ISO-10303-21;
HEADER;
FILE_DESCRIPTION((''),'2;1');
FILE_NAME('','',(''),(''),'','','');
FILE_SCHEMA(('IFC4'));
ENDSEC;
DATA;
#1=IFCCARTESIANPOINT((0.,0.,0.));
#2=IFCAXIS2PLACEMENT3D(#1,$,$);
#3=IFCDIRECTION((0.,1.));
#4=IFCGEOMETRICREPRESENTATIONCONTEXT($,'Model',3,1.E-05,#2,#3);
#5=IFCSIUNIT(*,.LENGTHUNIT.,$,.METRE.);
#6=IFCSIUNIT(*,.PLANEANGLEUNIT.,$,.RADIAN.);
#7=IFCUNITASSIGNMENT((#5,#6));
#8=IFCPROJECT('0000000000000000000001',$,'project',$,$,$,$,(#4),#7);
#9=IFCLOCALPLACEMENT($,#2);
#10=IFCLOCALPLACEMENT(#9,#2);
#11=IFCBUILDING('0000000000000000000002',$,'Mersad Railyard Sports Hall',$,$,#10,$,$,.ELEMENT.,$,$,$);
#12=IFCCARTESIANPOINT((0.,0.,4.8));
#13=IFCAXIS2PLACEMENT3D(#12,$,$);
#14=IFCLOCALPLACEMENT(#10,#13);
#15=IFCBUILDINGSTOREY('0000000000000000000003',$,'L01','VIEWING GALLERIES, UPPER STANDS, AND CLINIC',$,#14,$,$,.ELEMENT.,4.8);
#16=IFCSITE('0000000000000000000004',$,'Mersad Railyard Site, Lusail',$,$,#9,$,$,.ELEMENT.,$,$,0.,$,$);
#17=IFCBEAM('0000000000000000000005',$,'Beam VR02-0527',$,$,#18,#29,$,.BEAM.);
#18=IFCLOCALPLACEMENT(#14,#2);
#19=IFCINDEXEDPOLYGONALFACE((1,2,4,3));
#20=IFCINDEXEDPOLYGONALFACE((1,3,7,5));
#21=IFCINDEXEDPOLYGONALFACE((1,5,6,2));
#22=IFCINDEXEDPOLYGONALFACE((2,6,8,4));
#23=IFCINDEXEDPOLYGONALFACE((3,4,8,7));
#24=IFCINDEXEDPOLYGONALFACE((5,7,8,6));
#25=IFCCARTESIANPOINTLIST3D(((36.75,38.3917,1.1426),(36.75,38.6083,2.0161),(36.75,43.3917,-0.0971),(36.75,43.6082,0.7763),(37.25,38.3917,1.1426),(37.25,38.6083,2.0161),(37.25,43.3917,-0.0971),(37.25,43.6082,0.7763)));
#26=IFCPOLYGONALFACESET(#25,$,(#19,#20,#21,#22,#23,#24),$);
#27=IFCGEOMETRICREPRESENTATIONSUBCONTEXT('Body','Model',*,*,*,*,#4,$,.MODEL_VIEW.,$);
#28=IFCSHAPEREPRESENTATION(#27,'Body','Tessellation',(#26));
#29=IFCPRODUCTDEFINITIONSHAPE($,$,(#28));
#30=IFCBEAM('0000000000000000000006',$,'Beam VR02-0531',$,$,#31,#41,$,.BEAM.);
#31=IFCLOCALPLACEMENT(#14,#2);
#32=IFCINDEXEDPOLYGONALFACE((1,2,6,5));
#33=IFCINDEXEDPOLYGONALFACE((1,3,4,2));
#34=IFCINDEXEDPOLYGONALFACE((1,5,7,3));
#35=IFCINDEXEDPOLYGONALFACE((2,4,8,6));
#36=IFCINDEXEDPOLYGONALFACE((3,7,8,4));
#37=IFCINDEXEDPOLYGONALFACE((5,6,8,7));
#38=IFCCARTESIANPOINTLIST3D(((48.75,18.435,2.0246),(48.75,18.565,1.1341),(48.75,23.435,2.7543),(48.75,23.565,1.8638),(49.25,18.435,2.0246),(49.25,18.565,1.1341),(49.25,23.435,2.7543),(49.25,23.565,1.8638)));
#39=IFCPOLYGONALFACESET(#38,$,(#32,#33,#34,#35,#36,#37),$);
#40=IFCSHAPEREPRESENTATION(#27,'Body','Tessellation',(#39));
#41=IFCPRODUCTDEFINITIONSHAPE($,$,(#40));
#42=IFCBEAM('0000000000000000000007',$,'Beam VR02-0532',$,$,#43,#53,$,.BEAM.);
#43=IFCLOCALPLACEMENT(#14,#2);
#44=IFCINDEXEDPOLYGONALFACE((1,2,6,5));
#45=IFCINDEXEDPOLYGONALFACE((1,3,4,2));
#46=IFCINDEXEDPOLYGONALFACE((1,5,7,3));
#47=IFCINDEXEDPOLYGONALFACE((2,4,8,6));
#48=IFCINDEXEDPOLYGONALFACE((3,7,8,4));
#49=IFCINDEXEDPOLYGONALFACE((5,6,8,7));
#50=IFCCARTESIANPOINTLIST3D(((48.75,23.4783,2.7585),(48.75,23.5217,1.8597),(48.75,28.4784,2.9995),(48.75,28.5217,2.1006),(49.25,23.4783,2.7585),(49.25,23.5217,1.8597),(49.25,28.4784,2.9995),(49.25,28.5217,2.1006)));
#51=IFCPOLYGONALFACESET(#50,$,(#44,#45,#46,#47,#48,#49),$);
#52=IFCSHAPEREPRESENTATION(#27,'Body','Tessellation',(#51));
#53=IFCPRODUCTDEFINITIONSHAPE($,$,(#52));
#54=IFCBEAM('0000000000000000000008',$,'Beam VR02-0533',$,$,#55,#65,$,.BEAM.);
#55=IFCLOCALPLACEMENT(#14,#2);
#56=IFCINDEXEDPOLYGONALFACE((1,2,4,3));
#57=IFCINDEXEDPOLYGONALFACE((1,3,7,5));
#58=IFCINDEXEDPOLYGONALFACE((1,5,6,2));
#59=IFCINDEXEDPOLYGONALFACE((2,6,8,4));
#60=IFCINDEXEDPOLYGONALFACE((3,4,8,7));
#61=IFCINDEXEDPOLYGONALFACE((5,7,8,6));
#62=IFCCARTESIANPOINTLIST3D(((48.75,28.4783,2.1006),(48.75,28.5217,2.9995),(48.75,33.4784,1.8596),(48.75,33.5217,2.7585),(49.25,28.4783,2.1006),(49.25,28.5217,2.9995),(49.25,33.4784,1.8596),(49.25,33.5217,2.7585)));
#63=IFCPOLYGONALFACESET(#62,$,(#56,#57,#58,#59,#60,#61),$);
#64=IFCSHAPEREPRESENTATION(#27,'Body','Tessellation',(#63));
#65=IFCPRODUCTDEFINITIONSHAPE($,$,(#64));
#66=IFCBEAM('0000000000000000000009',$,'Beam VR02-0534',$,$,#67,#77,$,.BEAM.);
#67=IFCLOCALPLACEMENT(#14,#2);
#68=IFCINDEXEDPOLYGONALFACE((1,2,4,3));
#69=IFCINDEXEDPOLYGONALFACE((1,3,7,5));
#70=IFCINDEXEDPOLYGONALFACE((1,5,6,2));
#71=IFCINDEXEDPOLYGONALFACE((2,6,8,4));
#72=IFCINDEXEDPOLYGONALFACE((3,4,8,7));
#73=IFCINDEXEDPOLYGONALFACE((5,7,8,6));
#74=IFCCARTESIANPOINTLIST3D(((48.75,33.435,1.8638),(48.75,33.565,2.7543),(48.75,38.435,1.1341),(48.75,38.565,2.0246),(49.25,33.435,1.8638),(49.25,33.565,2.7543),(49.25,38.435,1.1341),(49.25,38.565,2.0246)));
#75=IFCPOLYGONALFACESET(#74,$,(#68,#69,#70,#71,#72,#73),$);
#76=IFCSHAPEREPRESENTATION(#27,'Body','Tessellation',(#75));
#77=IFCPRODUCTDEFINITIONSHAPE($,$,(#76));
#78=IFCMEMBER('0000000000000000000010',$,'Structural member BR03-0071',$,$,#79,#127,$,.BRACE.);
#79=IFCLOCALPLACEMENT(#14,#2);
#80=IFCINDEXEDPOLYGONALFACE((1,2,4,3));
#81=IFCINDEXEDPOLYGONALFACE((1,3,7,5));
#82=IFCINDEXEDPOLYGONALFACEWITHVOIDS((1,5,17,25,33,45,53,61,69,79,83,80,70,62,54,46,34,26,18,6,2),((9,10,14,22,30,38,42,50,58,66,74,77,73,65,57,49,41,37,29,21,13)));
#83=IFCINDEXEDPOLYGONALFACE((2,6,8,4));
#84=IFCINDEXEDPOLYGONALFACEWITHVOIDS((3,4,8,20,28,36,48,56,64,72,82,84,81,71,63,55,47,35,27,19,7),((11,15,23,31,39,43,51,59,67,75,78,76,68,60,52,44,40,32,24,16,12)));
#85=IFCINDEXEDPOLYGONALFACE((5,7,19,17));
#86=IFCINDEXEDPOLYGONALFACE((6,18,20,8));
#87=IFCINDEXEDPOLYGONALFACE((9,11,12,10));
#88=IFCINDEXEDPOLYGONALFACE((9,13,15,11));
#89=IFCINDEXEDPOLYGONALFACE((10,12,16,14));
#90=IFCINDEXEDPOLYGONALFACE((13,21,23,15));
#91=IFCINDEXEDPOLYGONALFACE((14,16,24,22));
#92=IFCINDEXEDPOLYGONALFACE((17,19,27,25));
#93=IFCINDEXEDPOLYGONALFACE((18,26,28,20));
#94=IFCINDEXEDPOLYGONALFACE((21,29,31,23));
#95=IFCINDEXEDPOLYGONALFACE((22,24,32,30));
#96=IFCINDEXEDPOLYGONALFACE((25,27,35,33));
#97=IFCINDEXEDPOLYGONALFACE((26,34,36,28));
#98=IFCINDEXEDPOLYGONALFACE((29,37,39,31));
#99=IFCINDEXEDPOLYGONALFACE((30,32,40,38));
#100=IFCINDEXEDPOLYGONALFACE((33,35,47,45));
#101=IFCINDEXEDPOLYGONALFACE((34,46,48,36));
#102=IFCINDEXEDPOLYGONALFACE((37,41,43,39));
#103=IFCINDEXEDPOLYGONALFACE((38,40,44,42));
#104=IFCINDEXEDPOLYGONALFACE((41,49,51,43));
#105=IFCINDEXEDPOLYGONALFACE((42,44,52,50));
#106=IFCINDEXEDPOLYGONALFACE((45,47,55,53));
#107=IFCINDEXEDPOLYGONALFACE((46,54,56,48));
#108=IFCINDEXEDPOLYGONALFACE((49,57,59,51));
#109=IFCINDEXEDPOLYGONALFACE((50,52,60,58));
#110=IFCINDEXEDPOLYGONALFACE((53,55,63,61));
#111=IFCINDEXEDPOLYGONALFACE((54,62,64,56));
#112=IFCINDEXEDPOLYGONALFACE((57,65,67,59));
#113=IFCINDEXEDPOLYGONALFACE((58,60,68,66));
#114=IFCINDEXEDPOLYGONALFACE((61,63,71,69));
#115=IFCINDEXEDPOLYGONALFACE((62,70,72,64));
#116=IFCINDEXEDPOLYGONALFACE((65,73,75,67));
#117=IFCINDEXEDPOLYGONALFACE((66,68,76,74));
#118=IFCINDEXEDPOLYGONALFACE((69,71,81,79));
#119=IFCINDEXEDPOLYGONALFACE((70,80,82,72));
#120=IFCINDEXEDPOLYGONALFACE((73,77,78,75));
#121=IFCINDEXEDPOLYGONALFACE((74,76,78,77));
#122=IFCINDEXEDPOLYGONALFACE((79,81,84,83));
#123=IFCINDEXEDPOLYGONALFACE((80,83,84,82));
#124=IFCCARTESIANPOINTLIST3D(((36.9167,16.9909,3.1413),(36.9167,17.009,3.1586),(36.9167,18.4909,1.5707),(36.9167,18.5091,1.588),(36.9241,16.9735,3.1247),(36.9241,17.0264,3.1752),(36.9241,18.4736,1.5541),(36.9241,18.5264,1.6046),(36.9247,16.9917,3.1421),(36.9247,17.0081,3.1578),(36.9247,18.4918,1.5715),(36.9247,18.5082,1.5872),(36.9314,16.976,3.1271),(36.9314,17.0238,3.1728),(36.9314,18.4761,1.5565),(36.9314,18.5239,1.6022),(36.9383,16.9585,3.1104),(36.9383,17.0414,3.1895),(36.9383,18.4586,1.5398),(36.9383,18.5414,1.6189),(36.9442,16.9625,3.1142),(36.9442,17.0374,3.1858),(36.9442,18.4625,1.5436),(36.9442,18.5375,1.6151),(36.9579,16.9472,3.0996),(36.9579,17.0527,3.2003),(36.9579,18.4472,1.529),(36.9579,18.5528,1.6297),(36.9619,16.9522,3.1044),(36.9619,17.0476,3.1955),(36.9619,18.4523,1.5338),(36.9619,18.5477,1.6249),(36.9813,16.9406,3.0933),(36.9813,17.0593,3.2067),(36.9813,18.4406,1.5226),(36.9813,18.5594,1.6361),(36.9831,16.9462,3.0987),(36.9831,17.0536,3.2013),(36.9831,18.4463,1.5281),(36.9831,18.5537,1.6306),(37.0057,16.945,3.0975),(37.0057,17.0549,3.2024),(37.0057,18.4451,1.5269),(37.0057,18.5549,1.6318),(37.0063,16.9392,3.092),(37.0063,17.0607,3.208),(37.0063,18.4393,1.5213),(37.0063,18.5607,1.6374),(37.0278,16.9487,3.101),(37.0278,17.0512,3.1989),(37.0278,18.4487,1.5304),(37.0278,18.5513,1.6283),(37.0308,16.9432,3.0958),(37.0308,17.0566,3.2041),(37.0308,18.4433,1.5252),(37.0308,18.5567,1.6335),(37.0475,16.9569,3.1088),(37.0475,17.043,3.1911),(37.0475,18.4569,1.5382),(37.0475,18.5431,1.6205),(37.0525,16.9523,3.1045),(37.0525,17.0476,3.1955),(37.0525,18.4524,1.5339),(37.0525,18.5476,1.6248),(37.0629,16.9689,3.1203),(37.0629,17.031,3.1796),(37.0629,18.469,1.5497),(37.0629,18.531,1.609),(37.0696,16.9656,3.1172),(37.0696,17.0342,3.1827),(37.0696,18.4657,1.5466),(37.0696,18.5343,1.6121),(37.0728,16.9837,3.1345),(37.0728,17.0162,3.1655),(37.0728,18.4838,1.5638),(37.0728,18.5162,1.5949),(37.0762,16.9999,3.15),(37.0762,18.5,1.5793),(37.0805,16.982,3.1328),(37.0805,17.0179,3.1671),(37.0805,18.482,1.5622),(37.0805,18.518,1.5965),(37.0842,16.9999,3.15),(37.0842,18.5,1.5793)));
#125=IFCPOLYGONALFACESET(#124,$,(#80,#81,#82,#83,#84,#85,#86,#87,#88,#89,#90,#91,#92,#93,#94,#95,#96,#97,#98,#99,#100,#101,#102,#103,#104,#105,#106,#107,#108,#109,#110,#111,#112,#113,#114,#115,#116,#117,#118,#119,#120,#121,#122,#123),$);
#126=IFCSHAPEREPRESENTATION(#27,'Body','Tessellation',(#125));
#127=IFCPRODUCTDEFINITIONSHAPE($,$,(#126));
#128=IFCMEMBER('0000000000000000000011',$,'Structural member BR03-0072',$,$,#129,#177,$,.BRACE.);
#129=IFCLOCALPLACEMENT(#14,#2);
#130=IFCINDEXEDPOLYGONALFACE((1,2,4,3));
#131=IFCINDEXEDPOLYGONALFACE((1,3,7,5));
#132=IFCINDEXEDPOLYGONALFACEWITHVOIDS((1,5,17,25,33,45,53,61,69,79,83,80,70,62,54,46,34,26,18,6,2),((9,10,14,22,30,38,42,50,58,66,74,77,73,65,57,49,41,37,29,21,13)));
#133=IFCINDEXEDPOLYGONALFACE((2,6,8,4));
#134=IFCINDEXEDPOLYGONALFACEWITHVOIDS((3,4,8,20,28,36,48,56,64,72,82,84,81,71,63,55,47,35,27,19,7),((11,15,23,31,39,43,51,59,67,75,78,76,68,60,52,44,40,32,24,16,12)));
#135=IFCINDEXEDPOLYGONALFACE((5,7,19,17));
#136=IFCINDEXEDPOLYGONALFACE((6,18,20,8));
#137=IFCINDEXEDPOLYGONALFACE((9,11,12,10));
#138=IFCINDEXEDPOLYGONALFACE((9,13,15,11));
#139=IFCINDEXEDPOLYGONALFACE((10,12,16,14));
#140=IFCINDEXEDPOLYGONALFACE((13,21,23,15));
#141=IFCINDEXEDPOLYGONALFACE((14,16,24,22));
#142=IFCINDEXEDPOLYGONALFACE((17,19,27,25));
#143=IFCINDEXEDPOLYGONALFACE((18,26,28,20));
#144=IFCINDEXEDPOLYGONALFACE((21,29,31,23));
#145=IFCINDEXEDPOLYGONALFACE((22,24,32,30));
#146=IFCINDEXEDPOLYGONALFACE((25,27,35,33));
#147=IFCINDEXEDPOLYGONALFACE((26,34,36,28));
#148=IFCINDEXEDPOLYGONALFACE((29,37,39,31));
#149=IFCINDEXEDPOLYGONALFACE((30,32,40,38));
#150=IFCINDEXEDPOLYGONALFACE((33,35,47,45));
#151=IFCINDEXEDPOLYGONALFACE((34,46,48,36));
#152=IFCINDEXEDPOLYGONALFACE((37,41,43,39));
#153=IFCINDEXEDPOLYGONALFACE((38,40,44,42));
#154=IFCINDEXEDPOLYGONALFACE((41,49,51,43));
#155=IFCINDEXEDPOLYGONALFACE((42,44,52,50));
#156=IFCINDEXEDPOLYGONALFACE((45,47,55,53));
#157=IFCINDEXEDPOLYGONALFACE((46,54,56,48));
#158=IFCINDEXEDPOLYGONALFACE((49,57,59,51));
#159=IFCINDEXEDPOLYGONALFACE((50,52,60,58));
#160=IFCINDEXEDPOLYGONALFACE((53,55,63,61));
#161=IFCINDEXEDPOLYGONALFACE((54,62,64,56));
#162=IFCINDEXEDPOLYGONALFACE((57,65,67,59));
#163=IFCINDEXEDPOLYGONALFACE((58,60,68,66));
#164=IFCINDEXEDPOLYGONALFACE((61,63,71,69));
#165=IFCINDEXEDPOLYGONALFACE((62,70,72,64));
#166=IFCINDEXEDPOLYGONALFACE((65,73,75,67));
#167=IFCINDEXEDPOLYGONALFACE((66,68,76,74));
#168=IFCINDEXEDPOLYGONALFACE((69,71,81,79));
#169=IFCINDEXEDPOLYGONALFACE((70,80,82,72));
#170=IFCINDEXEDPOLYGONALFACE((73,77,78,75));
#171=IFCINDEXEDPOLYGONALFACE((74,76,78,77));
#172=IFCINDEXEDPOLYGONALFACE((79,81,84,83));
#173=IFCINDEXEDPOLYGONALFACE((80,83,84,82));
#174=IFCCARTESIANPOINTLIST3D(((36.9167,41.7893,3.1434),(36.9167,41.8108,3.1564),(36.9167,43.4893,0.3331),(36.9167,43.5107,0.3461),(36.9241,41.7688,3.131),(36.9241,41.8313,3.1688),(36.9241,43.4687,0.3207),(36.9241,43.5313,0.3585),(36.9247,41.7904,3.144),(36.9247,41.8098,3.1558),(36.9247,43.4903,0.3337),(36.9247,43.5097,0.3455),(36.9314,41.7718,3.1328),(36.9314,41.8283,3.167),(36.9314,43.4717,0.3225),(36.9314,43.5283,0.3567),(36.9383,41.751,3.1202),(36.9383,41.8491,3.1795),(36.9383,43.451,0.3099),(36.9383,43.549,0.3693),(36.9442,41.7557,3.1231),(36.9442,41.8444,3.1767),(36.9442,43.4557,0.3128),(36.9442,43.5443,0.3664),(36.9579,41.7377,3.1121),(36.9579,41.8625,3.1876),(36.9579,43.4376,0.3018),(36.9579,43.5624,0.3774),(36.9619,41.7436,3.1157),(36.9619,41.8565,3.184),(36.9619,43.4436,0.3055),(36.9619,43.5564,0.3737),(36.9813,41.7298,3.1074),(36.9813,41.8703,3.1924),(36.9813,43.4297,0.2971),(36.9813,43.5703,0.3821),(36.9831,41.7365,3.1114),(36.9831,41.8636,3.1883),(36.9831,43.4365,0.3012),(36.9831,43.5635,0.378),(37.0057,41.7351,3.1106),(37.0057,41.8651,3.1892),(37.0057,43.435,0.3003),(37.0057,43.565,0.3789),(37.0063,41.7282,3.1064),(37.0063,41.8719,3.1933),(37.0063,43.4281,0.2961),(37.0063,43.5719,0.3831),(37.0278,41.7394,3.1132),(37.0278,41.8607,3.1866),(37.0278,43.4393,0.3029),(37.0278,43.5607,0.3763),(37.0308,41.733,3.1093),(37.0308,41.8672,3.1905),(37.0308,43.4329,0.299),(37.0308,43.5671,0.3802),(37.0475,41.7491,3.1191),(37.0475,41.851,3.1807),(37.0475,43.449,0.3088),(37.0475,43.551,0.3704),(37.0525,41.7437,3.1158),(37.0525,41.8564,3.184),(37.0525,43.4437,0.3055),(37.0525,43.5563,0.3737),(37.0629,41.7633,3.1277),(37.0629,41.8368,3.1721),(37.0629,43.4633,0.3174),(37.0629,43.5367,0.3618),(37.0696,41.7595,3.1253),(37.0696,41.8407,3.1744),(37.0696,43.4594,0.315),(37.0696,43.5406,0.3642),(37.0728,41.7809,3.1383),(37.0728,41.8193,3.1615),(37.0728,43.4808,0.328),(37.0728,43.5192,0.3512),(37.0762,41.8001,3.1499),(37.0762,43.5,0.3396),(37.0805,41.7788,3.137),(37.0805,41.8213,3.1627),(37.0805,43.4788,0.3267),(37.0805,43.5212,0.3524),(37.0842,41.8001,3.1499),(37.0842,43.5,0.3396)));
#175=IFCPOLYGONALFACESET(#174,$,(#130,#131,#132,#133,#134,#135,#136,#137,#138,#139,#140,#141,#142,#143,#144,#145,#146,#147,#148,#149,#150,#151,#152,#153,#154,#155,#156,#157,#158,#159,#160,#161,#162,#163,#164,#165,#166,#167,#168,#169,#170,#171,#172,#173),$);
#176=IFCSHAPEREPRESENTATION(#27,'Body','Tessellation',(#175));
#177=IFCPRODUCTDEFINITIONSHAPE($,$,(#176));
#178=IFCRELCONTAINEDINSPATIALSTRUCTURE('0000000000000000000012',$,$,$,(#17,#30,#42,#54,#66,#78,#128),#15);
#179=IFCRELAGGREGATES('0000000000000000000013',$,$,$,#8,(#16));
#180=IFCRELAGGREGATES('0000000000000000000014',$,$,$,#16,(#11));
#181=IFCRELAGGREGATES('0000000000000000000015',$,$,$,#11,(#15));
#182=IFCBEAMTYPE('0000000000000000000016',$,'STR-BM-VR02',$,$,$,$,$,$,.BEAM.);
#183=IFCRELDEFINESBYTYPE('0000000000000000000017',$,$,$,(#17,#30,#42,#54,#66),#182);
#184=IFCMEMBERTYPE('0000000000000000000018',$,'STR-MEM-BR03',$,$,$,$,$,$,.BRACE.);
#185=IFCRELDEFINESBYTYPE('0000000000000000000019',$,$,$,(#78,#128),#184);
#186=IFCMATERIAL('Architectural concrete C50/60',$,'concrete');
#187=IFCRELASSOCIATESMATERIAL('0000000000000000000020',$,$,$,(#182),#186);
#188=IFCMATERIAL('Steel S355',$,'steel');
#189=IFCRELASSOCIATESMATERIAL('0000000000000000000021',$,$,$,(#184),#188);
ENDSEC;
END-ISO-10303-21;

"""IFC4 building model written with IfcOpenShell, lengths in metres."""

from ifc_helpers import new_model, si_unit, direction, frame, origin, origin_2d, place, context, subcontext, project, spatial, rectangle, hollow_circle, extrude, material, material_profile, profile_set, type_object, element, save


model = new_model("IFC4")

# Units and contexts
model_context = context("Model", 3, precision=1e-05, world=origin(), true_north=direction((0.0, 1.0)))
body_context = subcontext(model_context, "Body", "Model", "MODEL_VIEW")
ifc_project = project(units=[si_unit("LENGTHUNIT", "METRE"), si_unit("PLANEANGLEUNIT", "RADIAN")], contexts=[model_context])

# Site, building, storey
site_placement = place(None, origin())
site = spatial("IfcSite", under=ifc_project, at=site_placement, Name="Mersad Railyard Site, Lusail", CompositionType="ELEMENT", RefElevation=0.0)
building_placement = place(site_placement, origin())
building = spatial("IfcBuilding", under=site, at=building_placement, Name="Mersad Railyard Sports Hall", CompositionType="ELEMENT")
storey_placement = place(building_placement, frame((0.0, 0.0, 4.8)))
storey = spatial("IfcBuildingStorey", under=building, at=storey_placement, Name="L01", Description="VIEWING GALLERIES, UPPER STANDS, AND CLINIC", CompositionType="ELEMENT", Elevation=4.8)

# Beams
ifc_material_1 = material(Name="Architectural concrete C50/60", Category="concrete")
ifc_material_profile_1 = material_profile(ifc_material_1, rectangle(XDim=0.5, YDim=0.8999, at=origin_2d()), Name="VR 500x900")
ifc_profile_set_1 = profile_set([ifc_material_profile_1], Name="Architectural concrete C50/60")
beam_type_1 = type_object("IfcBeamType", Name="STR-BM-VR02", PredefinedType="BEAM", material=ifc_profile_set_1)
beam_1_placement = place(storey_placement, frame((37.0, 38.5, 1.5793), z_axis=(0.0, 0.970609, -0.240662), x_axis=(-1.0, 0.0, 0.0)))
element("IfcBeam", 1, at=beam_1_placement, inside=storey, type_object=beam_type_1, Name="Beam VR02-0527", PredefinedType="BEAM", context=body_context, shape_type="SweptSolid", body=[
    extrude(rectangle(XDim=0.5, YDim=0.8999, at=origin_2d()), origin(), (0.0, 0.0, 1.0), 5.1514),
])
beam_2_placement = place(storey_placement, frame((49.0, 18.5, 1.5793), z_axis=(0.0, 0.989517, 0.144417), x_axis=(-1.0, 0.0, 0.0)))
element("IfcBeam", 2, at=beam_2_placement, inside=storey, type_object=beam_type_1, Name="Beam VR02-0531", PredefinedType="BEAM", context=body_context, shape_type="SweptSolid", body=[
    extrude(rectangle(XDim=0.5, YDim=0.8999, at=origin_2d()), origin(), (0.0, 0.0, 1.0), 5.053),
])
for number, where, z_axis, x_axis, name in (
    (3, (49.0, 23.5, 2.3091), (0.0, 0.998841, 0.048137), (-1.0, 0.0, 0.0), "Beam VR02-0532"),
    (4, (49.0, 28.5, 2.55), (0.0, 0.998841, -0.048137), (-1.0, 0.0, 0.0), "Beam VR02-0533"),
):
    element("IfcBeam", number, at=place(storey_placement, frame(where, z_axis=z_axis, x_axis=x_axis)), inside=storey, type_object=beam_type_1, Name=name, PredefinedType="BEAM", context=body_context, shape_type="SweptSolid", body=[
        extrude(rectangle(XDim=0.5, YDim=0.8999, at=origin_2d()), origin(), (0.0, 0.0, 1.0), 5.0059),
    ])
beam_3_placement = place(storey_placement, frame((49.0, 33.5, 2.3091), z_axis=(0.0, 0.989517, -0.144417), x_axis=(-1.0, 0.0, 0.0)))
element("IfcBeam", 5, at=beam_3_placement, inside=storey, type_object=beam_type_1, Name="Beam VR02-0534", PredefinedType="BEAM", context=body_context, shape_type="SweptSolid", body=[
    extrude(rectangle(XDim=0.5, YDim=0.8999, at=origin_2d()), origin(), (0.0, 0.0, 1.0), 5.053),
])

# Members
ifc_material_2 = material(Name="Steel S355", Category="steel")
ifc_material_profile_2 = material_profile(ifc_material_2, hollow_circle(Radius=0.0842, WallThickness=0.0081, at=origin_2d()), Name="CHS 168.3x8")
ifc_profile_set_2 = profile_set([ifc_material_profile_2], Name="Steel S355")
member_type_1 = type_object("IfcMemberType", Name="STR-MEM-BR03", PredefinedType="BRACE", material=ifc_profile_set_2)
member_1_placement = place(storey_placement, frame((37.0, 18.5, 1.5793), z_axis=(0.0, -0.690676, 0.723164), x_axis=(1.0, 0.0, 0.0)))
element("IfcMember", 6, at=member_1_placement, inside=storey, type_object=member_type_1, Name="Structural member BR03-0071", PredefinedType="BRACE", context=body_context, shape_type="SweptSolid", body=[
    extrude(hollow_circle(Radius=0.0842, WallThickness=0.0081, at=origin_2d()), origin(), (0.0, 0.0, 1.0), 2.1719),
])
member_2_placement = place(storey_placement, frame((37.0, 43.5, 0.3396), z_axis=(0.0, -0.517575, 0.855638), x_axis=(1.0, 0.0, 0.0)))
element("IfcMember", 7, at=member_2_placement, inside=storey, type_object=member_type_1, Name="Structural member BR03-0072", PredefinedType="BRACE", context=body_context, shape_type="SweptSolid", body=[
    extrude(hollow_circle(Radius=0.0842, WallThickness=0.0081, at=origin_2d()), origin(), (0.0, 0.0, 1.0), 3.2844),
])

save(model, "model.ifc")
